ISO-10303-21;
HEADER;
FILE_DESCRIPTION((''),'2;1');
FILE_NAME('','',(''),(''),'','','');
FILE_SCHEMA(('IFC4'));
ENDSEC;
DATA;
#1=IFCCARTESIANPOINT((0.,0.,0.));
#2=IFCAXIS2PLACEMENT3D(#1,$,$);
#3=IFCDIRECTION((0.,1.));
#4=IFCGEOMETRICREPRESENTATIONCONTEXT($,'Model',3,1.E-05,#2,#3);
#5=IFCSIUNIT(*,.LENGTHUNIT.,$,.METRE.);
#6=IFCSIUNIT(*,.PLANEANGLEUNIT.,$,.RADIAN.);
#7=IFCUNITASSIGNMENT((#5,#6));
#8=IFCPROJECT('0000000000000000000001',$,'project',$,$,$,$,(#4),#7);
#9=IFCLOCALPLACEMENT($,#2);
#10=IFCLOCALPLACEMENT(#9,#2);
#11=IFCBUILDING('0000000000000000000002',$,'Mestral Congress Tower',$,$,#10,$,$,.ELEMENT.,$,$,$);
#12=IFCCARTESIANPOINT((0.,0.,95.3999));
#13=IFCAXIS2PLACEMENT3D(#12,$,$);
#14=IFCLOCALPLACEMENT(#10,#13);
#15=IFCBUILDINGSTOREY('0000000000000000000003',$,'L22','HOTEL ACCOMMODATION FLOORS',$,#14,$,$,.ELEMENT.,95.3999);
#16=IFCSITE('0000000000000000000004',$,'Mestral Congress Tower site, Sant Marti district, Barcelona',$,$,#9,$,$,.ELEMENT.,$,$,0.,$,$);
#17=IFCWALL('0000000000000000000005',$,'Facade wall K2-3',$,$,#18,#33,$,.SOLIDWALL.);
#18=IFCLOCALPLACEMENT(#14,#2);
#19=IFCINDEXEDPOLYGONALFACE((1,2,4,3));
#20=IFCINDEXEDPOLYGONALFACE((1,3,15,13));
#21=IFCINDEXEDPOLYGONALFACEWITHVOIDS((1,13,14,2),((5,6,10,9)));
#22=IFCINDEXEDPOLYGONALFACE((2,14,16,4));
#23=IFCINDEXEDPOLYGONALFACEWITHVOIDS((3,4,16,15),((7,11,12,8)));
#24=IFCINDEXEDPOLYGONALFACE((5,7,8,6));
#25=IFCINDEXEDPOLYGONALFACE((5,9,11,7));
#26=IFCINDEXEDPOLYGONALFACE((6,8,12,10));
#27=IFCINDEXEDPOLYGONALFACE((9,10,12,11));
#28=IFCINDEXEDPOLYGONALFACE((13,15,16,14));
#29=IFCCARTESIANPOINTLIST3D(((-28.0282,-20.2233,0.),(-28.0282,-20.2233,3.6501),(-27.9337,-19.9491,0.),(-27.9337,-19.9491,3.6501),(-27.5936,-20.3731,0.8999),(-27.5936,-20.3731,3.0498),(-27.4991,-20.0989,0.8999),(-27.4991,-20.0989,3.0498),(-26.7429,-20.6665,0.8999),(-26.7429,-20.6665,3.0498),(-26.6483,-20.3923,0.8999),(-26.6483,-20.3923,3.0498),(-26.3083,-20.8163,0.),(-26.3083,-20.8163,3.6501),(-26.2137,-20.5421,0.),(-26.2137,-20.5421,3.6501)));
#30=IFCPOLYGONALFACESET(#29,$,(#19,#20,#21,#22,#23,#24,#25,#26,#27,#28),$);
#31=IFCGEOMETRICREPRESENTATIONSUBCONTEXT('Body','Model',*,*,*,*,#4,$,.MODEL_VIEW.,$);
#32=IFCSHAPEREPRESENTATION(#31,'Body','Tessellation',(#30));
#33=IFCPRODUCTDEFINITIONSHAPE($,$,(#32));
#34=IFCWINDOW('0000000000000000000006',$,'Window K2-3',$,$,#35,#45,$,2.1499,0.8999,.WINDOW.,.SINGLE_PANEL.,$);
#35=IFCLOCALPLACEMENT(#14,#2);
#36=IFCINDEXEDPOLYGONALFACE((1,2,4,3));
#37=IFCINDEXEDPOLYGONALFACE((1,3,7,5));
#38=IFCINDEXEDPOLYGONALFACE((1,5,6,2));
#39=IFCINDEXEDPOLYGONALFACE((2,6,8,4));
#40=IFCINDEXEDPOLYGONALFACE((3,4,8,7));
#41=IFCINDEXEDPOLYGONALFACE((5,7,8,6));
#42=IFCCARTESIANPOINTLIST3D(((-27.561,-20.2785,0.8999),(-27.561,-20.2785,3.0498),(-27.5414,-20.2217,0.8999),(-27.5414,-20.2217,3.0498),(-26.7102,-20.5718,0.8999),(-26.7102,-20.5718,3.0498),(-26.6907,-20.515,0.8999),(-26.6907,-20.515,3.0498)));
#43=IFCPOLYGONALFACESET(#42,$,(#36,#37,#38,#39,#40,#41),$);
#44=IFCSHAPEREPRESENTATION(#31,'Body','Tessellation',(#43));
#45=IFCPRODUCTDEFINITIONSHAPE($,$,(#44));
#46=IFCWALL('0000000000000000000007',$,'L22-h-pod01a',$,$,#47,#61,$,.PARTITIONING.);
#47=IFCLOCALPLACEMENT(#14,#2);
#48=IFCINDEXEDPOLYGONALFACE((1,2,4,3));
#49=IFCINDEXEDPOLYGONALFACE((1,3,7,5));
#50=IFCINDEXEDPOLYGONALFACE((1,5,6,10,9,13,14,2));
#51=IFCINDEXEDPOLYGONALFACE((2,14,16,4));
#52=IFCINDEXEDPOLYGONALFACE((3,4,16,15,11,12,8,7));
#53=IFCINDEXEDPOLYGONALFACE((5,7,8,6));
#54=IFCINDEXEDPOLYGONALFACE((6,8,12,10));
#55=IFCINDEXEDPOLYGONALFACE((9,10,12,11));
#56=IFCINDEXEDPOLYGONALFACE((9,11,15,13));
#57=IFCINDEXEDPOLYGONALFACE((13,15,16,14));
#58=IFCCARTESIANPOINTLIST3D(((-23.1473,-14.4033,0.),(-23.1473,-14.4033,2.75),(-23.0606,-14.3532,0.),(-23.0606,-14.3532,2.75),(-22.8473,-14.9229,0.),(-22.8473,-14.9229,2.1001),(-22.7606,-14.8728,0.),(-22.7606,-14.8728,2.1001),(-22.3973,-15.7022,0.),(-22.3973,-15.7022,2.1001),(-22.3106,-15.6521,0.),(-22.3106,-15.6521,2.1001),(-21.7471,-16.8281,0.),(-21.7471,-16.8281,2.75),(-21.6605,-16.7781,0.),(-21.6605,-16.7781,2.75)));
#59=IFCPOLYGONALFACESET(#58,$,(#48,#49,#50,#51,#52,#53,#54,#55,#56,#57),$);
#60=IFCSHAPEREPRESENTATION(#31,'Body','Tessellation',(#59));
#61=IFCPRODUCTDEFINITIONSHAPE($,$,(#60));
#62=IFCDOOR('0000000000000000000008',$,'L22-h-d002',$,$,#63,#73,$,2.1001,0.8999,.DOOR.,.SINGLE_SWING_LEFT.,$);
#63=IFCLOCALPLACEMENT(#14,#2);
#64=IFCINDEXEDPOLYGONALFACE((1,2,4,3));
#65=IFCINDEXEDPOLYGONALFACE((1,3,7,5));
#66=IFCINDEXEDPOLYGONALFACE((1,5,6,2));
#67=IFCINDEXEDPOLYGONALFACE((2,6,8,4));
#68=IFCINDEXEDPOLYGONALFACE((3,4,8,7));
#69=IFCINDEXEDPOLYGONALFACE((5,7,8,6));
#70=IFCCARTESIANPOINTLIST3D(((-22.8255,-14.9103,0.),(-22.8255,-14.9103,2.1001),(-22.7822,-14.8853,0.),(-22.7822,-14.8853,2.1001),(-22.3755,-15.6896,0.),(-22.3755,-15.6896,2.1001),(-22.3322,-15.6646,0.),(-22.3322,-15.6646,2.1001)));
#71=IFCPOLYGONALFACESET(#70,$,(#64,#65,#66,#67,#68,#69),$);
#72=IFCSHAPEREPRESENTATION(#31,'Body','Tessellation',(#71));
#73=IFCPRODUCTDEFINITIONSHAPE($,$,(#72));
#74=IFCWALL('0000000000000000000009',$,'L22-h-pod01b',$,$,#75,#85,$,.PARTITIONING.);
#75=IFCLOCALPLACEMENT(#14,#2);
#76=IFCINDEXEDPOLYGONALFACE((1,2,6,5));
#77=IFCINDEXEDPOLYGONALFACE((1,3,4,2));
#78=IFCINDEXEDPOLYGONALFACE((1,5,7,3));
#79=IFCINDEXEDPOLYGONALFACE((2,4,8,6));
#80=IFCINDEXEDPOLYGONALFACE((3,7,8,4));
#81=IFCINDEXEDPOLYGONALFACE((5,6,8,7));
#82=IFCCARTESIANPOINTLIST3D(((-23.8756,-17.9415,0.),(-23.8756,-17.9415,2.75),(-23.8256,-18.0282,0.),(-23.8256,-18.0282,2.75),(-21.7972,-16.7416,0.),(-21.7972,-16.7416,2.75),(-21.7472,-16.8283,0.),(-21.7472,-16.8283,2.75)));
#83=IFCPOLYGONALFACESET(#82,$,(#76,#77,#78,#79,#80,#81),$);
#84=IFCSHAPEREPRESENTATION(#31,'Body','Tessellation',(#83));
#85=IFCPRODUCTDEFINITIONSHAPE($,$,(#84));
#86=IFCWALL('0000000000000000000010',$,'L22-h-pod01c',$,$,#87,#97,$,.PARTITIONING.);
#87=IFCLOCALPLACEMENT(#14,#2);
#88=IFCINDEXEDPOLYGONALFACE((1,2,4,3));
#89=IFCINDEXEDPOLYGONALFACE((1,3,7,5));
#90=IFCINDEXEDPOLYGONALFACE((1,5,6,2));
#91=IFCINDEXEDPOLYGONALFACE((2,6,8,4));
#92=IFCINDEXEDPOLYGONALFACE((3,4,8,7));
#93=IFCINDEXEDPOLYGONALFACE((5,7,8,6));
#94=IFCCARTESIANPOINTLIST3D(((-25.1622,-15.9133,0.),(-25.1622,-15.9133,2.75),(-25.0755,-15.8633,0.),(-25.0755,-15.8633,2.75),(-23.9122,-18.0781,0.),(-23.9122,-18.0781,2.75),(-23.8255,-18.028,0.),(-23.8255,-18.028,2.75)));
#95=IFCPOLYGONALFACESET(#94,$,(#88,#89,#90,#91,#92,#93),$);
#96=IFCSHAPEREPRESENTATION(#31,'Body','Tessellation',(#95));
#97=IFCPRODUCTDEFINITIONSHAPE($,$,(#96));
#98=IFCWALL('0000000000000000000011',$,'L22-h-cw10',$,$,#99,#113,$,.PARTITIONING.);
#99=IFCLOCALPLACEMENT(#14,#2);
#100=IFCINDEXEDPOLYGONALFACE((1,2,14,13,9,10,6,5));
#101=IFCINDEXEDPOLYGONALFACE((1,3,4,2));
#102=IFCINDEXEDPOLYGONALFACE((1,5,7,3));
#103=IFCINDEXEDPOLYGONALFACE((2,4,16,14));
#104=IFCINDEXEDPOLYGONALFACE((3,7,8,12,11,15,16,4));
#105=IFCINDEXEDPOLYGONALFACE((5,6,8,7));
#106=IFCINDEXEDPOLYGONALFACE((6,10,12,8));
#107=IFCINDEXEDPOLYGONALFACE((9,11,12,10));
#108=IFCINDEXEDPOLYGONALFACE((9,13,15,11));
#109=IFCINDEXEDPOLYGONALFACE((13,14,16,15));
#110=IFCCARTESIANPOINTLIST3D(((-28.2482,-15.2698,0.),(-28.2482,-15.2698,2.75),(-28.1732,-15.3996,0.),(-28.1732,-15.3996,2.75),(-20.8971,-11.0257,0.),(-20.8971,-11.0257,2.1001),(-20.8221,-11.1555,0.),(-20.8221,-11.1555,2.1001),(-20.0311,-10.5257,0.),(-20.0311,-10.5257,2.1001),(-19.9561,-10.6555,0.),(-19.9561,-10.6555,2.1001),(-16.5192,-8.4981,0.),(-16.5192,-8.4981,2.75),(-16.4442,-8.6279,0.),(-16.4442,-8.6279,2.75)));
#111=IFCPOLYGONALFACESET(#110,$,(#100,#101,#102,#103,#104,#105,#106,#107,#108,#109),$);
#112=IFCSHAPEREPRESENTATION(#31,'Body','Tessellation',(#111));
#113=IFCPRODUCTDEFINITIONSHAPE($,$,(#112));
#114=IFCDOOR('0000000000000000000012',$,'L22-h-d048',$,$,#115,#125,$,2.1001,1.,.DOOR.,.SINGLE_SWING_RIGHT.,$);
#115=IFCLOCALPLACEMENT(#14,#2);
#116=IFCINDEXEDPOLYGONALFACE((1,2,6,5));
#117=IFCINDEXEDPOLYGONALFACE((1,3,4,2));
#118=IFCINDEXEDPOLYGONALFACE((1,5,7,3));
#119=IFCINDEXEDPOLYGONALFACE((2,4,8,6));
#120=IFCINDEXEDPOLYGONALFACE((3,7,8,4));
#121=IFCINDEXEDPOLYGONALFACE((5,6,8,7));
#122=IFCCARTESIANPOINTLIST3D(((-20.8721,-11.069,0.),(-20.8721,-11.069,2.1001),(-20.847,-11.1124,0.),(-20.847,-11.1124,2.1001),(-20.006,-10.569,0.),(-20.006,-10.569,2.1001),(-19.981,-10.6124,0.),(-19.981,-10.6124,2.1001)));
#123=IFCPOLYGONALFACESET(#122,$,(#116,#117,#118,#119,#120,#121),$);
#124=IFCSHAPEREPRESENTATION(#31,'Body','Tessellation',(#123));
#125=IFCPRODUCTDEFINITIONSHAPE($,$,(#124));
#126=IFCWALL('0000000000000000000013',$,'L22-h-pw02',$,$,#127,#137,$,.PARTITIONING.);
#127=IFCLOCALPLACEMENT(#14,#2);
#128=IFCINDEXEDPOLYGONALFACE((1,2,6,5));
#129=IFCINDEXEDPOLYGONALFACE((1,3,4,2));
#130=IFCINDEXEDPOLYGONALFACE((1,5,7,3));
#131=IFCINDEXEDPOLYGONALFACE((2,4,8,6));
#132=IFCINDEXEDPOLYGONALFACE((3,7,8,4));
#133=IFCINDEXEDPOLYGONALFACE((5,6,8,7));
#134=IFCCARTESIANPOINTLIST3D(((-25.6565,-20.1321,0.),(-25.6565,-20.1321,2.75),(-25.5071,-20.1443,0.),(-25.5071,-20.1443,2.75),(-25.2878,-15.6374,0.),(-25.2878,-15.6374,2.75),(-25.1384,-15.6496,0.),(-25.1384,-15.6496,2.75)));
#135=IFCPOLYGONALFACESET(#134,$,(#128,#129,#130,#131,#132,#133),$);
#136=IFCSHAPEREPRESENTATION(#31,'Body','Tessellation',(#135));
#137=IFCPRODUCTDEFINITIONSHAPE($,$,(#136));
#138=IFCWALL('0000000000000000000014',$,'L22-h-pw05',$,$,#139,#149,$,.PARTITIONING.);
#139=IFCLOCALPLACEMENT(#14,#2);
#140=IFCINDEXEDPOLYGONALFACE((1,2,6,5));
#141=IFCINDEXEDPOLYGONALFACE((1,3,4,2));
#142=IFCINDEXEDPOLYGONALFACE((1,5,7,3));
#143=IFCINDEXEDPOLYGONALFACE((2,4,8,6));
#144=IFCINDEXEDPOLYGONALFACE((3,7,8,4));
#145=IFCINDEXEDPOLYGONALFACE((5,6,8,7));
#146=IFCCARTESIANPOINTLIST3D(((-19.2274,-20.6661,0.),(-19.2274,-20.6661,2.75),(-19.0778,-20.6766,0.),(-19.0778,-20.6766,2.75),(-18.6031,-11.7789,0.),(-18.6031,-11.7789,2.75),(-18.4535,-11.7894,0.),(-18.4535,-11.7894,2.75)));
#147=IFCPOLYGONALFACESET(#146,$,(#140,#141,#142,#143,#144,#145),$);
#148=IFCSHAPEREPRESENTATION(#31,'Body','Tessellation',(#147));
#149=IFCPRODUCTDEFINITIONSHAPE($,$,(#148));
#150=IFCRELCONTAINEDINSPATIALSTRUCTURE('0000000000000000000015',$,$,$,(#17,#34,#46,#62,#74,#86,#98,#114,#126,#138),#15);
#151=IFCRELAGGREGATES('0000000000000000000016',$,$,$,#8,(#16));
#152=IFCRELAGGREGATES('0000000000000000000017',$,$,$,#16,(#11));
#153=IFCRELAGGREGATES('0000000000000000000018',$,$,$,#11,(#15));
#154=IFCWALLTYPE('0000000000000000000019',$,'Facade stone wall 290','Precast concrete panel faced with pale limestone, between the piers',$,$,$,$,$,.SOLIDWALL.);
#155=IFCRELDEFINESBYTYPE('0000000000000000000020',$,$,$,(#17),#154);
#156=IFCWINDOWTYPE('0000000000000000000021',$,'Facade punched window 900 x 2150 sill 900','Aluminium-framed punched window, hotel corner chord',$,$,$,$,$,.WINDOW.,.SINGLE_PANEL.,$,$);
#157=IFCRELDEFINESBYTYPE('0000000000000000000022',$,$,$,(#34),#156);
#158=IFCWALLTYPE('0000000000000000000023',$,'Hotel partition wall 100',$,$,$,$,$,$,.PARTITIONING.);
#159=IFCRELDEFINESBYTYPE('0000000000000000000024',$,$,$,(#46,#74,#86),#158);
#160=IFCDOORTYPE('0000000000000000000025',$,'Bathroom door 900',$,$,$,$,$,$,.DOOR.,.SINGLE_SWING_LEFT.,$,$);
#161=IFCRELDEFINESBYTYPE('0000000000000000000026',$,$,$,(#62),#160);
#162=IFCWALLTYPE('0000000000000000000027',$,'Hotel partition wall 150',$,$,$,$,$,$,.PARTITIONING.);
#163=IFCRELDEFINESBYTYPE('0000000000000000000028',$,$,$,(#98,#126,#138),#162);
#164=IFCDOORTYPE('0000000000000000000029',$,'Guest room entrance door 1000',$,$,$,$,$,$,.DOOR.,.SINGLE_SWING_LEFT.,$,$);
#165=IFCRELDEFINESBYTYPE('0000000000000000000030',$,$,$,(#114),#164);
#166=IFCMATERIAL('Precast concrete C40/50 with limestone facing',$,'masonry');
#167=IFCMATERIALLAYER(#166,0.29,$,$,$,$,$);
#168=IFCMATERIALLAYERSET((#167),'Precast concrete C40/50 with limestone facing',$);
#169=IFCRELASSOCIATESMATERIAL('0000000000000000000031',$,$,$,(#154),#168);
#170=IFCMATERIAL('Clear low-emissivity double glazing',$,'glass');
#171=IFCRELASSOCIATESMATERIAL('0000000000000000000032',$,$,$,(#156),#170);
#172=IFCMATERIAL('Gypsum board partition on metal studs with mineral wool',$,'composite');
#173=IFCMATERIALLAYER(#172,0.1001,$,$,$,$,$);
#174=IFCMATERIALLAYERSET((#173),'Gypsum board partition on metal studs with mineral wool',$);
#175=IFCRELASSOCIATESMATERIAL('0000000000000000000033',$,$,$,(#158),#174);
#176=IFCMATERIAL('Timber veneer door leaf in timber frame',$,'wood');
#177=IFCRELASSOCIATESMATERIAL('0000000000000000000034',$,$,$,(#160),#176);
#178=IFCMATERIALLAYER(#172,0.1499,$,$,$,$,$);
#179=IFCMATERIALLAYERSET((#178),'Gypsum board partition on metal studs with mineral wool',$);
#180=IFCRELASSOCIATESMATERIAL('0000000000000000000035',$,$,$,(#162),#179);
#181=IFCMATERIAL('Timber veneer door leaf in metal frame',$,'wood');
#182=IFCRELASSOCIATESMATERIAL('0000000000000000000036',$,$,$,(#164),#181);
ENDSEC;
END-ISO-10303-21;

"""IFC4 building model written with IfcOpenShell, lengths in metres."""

from ifc_helpers import new_model, si_unit, direction, frame, frame_2d, origin, place, context, subcontext, project, spatial, rectangle, extrude, material, layer, layer_set, type_object, element, fill, save


model = new_model("IFC4")

# Units and contexts
model_context = context("Model", 3, precision=1e-05, world=origin(), true_north=direction((0.0, 1.0)))
body_context = subcontext(model_context, "Body", "Model", "MODEL_VIEW")
ifc_project = project(units=[si_unit("LENGTHUNIT", "METRE"), si_unit("PLANEANGLEUNIT", "RADIAN")], contexts=[model_context])

# Site, building, storey
site_placement = place(None, origin())
site = spatial("IfcSite", under=ifc_project, at=site_placement, Name="Mestral Congress Tower site, Sant Marti district, Barcelona", CompositionType="ELEMENT", RefElevation=0.0)
building_placement = place(site_placement, origin())
building = spatial("IfcBuilding", under=site, at=building_placement, Name="Mestral Congress Tower", CompositionType="ELEMENT")
storey_placement = place(building_placement, frame((0.0, 0.0, 95.3999)))
storey = spatial("IfcBuildingStorey", under=building, at=storey_placement, Name="L22", Description="HOTEL ACCOMMODATION FLOORS", CompositionType="ELEMENT", Elevation=95.3999)

# Shared definitions
ifc_material_1 = material(Name="Precast concrete C40/50 with limestone facing", Category="masonry")
ifc_layer_1 = layer(ifc_material_1, 0.29)
ifc_layer_set_1 = layer_set([ifc_layer_1], Name="Precast concrete C40/50 with limestone facing")
wall_type_1 = type_object("IfcWallType", Name="Facade stone wall 290", Description="Precast concrete panel faced with pale limestone, between the piers", PredefinedType="SOLIDWALL", material=ifc_layer_set_1)
ifc_material_2 = material(Name="Clear low-emissivity double glazing", Category="glass")

# Wall, opening, window
wall_1_placement = place(storey_placement, frame((-27.981, -20.0862, 0.0), z_axis=(0.0, 0.0, 1.0), x_axis=(0.945386, -0.325953, 0.0)))
wall_1 = element("IfcWall", 1, at=wall_1_placement, inside=storey, type_object=wall_type_1, Name="Facade wall K2-3", PredefinedType="SOLIDWALL", context=body_context, shape_type="SweptSolid", body=[
    extrude(rectangle(XDim=1.8193, YDim=0.29, at=frame_2d((0.9097, 0.0))), origin(), (0.0, 0.0, 1.0), 3.6501),
])
opening_1_placement = place(wall_1_placement, frame((0.4597, 0.0, 0.8999)))
opening_1 = element("IfcOpeningElement", 2, at=opening_1_placement, cuts=wall_1, PredefinedType="OPENING", context=body_context, shape_type="SweptSolid", body=[
    extrude(rectangle(XDim=0.8999, YDim=2.1499, at=frame_2d((0.45, 1.075))), frame((0.0, 0.155, 0.0), z_axis=(0.0, -1.0, 0.0), x_axis=(1.0, 0.0, 0.0)), (0.0, 0.0, 1.0), 0.3101),
])
window_type_1 = type_object("IfcWindowType", Name="Facade punched window 900 x 2150 sill 900", Description="Aluminium-framed punched window, hotel corner chord", PartitioningType="SINGLE_PANEL", PredefinedType="WINDOW", material=ifc_material_2)
window_1_placement = place(opening_1_placement, origin())
window_1 = element("IfcWindow", 3, at=window_1_placement, inside=storey, type_object=window_type_1, Name="Window K2-3", OverallHeight=2.1499, OverallWidth=0.8999, PartitioningType="SINGLE_PANEL", PredefinedType="WINDOW", context=body_context, shape_type="SweptSolid", body=[
    extrude(rectangle(XDim=0.8999, YDim=2.1499, at=frame_2d((0.45, 1.075))), frame((0.0, 0.0151, 0.0), z_axis=(0.0, -1.0, 0.0), x_axis=(1.0, 0.0, 0.0)), (0.0, 0.0, 1.0), 0.0601),
])
fill(opening_1, window_1)

# Wall, opening, door
ifc_material_3 = material(Name="Gypsum board partition on metal studs with mineral wool", Category="composite")
ifc_layer_2 = layer(ifc_material_3, 0.1001)
ifc_layer_set_2 = layer_set([ifc_layer_2], Name="Gypsum board partition on metal studs with mineral wool")
wall_type_2 = type_object("IfcWallType", Name="Hotel partition wall 100", PredefinedType="PARTITIONING", material=ifc_layer_set_2)
wall_2_placement = place(storey_placement, frame((-21.7039, -16.803, 0.0), z_axis=(0.0, 0.0, 1.0), x_axis=(-0.50005, 0.865997, 0.0)))
wall_2 = element("IfcWall", 4, at=wall_2_placement, inside=storey, type_object=wall_type_2, Name="L22-h-pod01a", PredefinedType="PARTITIONING", context=body_context, shape_type="SweptSolid", body=[
    extrude(rectangle(XDim=2.8, YDim=0.1001, at=frame_2d((1.3999, 0.0))), origin(), (0.0, 0.0, 1.0), 2.75),
])
opening_2_placement = place(wall_2_placement, frame((1.3, 0.0, 0.0)))
opening_2 = element("IfcOpeningElement", 5, at=opening_2_placement, cuts=wall_2, PredefinedType="OPENING", context=body_context, shape_type="SweptSolid", body=[
    extrude(rectangle(XDim=0.8999, YDim=2.1001, at=frame_2d((0.45, 1.05))), frame((0.0, 0.0601, 0.0), z_axis=(0.0, -1.0, 0.0), x_axis=(1.0, 0.0, 0.0)), (0.0, 0.0, 1.0), 0.1201),
])
ifc_material_4 = material(Name="Timber veneer door leaf in timber frame", Category="wood")
door_type_1 = type_object("IfcDoorType", Name="Bathroom door 900", OperationType="SINGLE_SWING_LEFT", PredefinedType="DOOR", material=ifc_material_4)
door_1_placement = place(opening_2_placement, origin())
door_1 = element("IfcDoor", 6, at=door_1_placement, inside=storey, type_object=door_type_1, Name="L22-h-d002", OperationType="SINGLE_SWING_LEFT", OverallHeight=2.1001, OverallWidth=0.8999, PredefinedType="DOOR", context=body_context, shape_type="SweptSolid", body=[
    extrude(rectangle(XDim=0.8999, YDim=2.1001, at=frame_2d((0.45, 1.05))), frame((0.0, 0.0249, 0.0), z_axis=(0.0, -1.0, 0.0), x_axis=(1.0, 0.0, 0.0)), (0.0, 0.0, 1.0), 0.05),
])
fill(opening_2, door_1)

# Walls
wall_3_placement = place(storey_placement, frame((-21.7722, -16.7849, 0.0), z_axis=(0.0, 0.0, 1.0), x_axis=(-0.866025, -0.500001, 0.0)))
element("IfcWall", 7, at=wall_3_placement, inside=storey, type_object=wall_type_2, Name="L22-h-pod01b", PredefinedType="PARTITIONING", context=body_context, shape_type="SweptSolid", body=[
    extrude(rectangle(XDim=2.3999, YDim=0.1001, at=frame_2d((1.2, 0.0))), origin(), (0.0, 0.0, 1.0), 2.75),
])
wall_4_placement = place(storey_placement, frame((-25.1189, -15.8882, 0.0), z_axis=(0.0, 0.0, 1.0), x_axis=(0.500047, -0.865999, 0.0)))
element("IfcWall", 8, at=wall_4_placement, inside=storey, type_object=wall_type_2, Name="L22-h-pod01c", PredefinedType="PARTITIONING", context=body_context, shape_type="SweptSolid", body=[
    extrude(rectangle(XDim=2.4998, YDim=0.1001, at=frame_2d((1.25, 0.0))), origin(), (0.0, 0.0, 1.0), 2.75),
])

# Wall, opening, door
ifc_layer_3 = layer(ifc_material_3, 0.1499)
ifc_layer_set_3 = layer_set([ifc_layer_3], Name="Gypsum board partition on metal studs with mineral wool")
wall_type_3 = type_object("IfcWallType", Name="Hotel partition wall 150", PredefinedType="PARTITIONING", material=ifc_layer_set_3)
wall_5_placement = place(storey_placement, frame((-28.2107, -15.3347, 0.0), z_axis=(0.0, 0.0, 1.0), x_axis=(0.866026, 0.499999, 0.0)))
wall_5 = element("IfcWall", 9, at=wall_5_placement, inside=storey, type_object=wall_type_3, Name="L22-h-cw10", PredefinedType="PARTITIONING", context=body_context, shape_type="SweptSolid", body=[
    extrude(rectangle(XDim=13.5435, YDim=0.1499, at=frame_2d((6.7717, 0.0))), origin(), (0.0, 0.0, 1.0), 2.75),
])
opening_3_placement = place(wall_5_placement, frame((8.4883, 0.0, 0.0)))
opening_3 = element("IfcOpeningElement", 10, at=opening_3_placement, cuts=wall_5, PredefinedType="OPENING", context=body_context, shape_type="SweptSolid", body=[
    extrude(rectangle(XDim=1.0, YDim=2.1001, at=frame_2d((0.5, 1.05))), frame((0.0, 0.085, 0.0), z_axis=(0.0, -1.0, 0.0), x_axis=(1.0, 0.0, 0.0)), (0.0, 0.0, 1.0), 0.1699),
])
ifc_material_5 = material(Name="Timber veneer door leaf in metal frame", Category="wood")
door_type_2 = type_object("IfcDoorType", Name="Guest room entrance door 1000", OperationType="SINGLE_SWING_LEFT", PredefinedType="DOOR", material=ifc_material_5)
door_2_placement = place(opening_3_placement, origin())
door_2 = element("IfcDoor", 11, at=door_2_placement, inside=storey, type_object=door_type_2, Name="L22-h-d048", OperationType="SINGLE_SWING_RIGHT", OverallHeight=2.1001, OverallWidth=1.0, PredefinedType="DOOR", context=body_context, shape_type="SweptSolid", body=[
    extrude(rectangle(XDim=1.0, YDim=2.1001, at=frame_2d((0.5, 1.05))), frame((0.0, 0.0249, 0.0), z_axis=(0.0, -1.0, 0.0), x_axis=(1.0, 0.0, 0.0)), (0.0, 0.0, 1.0), 0.05),
])
fill(opening_3, door_2)

# Walls
wall_6_placement = place(storey_placement, frame((-25.5818, -20.1382, 0.0), z_axis=(0.0, 0.0, 1.0), x_axis=(0.081746, 0.996653, 0.0)))
element("IfcWall", 12, at=wall_6_placement, inside=storey, type_object=wall_type_3, Name="L22-h-pw02", PredefinedType="PARTITIONING", context=body_context, shape_type="SweptSolid", body=[
    extrude(rectangle(XDim=4.5098, YDim=0.1499, at=frame_2d((2.2549, 0.0))), origin(), (0.0, 0.0, 1.0), 2.75),
])
wall_7_placement = place(storey_placement, frame((-19.1526, -20.6714, 0.0), z_axis=(0.0, 0.0, 1.0), x_axis=(0.070071, 0.997542, 0.0)))
element("IfcWall", 13, at=wall_7_placement, inside=storey, type_object=wall_type_3, Name="L22-h-pw05", PredefinedType="PARTITIONING", context=body_context, shape_type="SweptSolid", body=[
    extrude(rectangle(XDim=8.9092, YDim=0.1499, at=frame_2d((4.4546, 0.0))), origin(), (0.0, 0.0, 1.0), 2.75),
])

save(model, "model.ifc")
